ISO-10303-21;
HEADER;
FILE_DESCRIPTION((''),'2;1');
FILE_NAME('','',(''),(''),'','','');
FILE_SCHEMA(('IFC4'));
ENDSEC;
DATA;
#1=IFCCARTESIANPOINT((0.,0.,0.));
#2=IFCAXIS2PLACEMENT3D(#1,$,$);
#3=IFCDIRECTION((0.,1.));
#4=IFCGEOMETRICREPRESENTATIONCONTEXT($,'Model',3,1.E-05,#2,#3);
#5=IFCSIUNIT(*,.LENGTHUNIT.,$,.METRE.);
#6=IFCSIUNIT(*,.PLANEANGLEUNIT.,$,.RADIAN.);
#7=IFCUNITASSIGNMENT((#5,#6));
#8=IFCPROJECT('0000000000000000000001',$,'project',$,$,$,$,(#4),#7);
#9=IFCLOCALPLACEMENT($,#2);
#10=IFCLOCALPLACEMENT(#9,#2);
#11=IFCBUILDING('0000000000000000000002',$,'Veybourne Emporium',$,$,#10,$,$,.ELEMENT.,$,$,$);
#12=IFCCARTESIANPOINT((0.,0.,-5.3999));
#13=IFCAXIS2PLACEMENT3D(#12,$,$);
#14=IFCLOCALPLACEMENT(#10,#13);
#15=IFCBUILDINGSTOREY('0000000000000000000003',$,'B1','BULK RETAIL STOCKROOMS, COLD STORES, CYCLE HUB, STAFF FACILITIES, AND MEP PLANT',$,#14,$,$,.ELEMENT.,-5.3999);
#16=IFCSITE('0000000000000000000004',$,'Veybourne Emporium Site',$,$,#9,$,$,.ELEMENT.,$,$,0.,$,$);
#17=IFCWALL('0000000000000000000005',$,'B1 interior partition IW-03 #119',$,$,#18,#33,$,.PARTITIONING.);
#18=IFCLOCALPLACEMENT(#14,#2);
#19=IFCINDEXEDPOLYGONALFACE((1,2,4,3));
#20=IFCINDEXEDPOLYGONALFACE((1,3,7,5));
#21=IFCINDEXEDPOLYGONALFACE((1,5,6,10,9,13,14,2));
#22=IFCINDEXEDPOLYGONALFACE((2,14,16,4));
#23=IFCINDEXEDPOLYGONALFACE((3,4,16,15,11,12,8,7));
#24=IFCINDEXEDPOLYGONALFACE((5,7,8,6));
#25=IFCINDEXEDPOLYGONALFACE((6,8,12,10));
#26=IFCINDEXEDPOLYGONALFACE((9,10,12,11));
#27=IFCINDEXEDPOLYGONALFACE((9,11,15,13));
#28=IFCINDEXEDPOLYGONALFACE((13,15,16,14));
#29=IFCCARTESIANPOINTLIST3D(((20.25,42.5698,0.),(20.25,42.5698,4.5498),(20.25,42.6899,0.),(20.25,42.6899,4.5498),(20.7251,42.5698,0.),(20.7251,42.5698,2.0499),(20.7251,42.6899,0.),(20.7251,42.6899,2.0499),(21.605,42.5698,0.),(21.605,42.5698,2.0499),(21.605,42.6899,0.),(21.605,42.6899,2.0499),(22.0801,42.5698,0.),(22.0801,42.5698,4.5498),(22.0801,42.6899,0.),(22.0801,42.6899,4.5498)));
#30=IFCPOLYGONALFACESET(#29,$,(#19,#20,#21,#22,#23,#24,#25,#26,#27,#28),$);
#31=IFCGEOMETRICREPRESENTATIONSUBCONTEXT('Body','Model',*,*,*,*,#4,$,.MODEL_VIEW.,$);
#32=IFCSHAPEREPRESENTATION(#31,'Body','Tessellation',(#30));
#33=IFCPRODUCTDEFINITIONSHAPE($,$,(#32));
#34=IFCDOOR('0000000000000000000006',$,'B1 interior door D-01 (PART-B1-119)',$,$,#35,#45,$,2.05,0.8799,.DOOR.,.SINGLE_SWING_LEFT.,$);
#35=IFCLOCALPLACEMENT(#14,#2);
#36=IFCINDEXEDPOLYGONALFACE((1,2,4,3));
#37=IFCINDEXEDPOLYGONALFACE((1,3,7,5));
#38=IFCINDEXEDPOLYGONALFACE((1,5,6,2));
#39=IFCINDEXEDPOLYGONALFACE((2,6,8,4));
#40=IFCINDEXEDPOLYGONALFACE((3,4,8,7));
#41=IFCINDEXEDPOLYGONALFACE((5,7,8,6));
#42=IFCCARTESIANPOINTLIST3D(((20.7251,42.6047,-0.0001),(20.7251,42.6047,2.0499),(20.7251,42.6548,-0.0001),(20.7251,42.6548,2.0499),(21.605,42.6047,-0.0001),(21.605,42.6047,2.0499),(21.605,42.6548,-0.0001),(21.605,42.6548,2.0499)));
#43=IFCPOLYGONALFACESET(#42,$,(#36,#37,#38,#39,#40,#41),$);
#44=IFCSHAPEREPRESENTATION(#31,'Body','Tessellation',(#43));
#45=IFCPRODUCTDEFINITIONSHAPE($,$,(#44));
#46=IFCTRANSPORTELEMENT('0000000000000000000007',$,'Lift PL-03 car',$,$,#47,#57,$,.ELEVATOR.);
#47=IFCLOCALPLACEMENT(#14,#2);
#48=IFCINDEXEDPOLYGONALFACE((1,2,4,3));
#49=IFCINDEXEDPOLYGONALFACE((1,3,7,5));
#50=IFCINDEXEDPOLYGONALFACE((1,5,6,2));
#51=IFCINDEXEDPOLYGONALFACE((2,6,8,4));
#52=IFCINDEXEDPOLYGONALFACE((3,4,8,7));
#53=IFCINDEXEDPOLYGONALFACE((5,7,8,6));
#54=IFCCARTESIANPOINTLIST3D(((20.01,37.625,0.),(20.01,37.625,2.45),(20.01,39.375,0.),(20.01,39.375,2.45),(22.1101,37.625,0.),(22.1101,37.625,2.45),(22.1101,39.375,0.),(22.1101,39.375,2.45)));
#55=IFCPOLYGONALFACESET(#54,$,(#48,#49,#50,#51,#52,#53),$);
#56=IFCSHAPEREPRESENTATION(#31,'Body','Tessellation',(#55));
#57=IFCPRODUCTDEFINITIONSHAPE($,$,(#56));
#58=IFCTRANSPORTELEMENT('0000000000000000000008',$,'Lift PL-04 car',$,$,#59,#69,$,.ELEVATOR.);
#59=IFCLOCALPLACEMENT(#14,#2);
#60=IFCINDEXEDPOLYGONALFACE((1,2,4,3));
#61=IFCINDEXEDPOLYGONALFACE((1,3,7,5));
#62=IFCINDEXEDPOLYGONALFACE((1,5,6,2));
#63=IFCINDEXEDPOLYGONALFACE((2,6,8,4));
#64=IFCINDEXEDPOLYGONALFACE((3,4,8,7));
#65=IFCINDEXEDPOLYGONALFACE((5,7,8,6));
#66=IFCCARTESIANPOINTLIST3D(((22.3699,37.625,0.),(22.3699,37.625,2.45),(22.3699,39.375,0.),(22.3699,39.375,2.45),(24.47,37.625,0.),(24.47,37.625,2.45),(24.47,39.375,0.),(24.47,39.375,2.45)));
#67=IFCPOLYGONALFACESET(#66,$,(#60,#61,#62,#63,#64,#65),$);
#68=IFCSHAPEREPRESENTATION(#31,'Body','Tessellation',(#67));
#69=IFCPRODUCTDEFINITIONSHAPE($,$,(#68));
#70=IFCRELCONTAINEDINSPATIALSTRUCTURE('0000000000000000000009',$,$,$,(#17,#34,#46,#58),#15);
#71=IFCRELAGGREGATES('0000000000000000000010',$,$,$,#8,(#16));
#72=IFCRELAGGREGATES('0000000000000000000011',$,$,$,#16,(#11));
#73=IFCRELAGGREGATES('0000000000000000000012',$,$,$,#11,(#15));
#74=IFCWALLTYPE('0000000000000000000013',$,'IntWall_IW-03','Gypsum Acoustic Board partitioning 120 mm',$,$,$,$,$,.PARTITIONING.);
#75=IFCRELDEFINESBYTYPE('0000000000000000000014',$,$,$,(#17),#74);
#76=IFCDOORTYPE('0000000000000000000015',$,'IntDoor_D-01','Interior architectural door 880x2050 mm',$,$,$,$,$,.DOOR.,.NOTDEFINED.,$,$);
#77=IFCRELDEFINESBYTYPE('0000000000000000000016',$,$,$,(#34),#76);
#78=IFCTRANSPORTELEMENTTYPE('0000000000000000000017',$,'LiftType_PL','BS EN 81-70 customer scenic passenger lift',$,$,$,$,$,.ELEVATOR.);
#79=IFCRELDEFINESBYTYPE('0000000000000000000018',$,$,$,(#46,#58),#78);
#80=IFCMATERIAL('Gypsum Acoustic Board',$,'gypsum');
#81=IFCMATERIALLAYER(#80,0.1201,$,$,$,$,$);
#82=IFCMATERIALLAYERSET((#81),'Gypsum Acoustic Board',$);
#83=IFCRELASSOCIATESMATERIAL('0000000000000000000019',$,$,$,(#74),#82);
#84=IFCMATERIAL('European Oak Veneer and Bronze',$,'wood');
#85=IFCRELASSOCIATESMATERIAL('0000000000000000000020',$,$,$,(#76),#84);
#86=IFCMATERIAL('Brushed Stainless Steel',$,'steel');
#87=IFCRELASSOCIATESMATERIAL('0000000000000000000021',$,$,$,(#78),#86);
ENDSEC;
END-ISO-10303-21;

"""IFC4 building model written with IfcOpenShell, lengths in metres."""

from ifc_helpers import new_model, si_unit, direction, frame, frame_2d, origin, origin_2d, place, context, subcontext, project, spatial, rectangle, extrude, material, layer, layer_set, type_object, element, fill, save


model = new_model("IFC4")

# Units and contexts
model_context = context("Model", 3, precision=1e-05, world=origin(), true_north=direction((0.0, 1.0)))
body_context = subcontext(model_context, "Body", "Model", "MODEL_VIEW")
ifc_project = project(units=[si_unit("LENGTHUNIT", "METRE"), si_unit("PLANEANGLEUNIT", "RADIAN")], contexts=[model_context])

# Site, building, storey
site_placement = place(None, origin())
site = spatial("IfcSite", under=ifc_project, at=site_placement, Name="Veybourne Emporium Site", CompositionType="ELEMENT", RefElevation=0.0)
building_placement = place(site_placement, origin())
building = spatial("IfcBuilding", under=site, at=building_placement, Name="Veybourne Emporium", CompositionType="ELEMENT")
storey_placement = place(building_placement, frame((0.0, 0.0, -5.3999)))
storey = spatial("IfcBuildingStorey", under=building, at=storey_placement, Name="B1", Description="BULK RETAIL STOCKROOMS, COLD STORES, CYCLE HUB, STAFF FACILITIES, AND MEP PLANT", CompositionType="ELEMENT", Elevation=-5.3999)

# Shared definitions
ifc_material_1 = material(Name="Gypsum Acoustic Board", Category="gypsum")

# Wall, opening, door
ifc_material_2 = material(Name="European Oak Veneer and Bronze", Category="wood")
ifc_layer_1 = layer(ifc_material_1, 0.1201)
ifc_layer_set_1 = layer_set([ifc_layer_1], Name="Gypsum Acoustic Board")
wall_type_1 = type_object("IfcWallType", Name="IntWall_IW-03", Description="Gypsum Acoustic Board partitioning 120 mm", PredefinedType="PARTITIONING", material=ifc_layer_set_1)
wall_1_placement = place(storey_placement, frame((20.25, 42.6299, 0.0), z_axis=(0.0, 0.0, 1.0), x_axis=(1.0, 0.0, 0.0)))
wall_1 = element("IfcWall", 1, at=wall_1_placement, inside=storey, type_object=wall_type_1, Name="B1 interior partition IW-03 #119", PredefinedType="PARTITIONING", context=body_context, shape_type="SweptSolid", body=[
    extrude(rectangle(XDim=1.8301, YDim=0.1201, at=frame_2d((0.915, 0.0))), origin(), (0.0, 0.0, 1.0), 4.5498),
])
opening_1_placement = place(wall_1_placement, frame((0.4751, 0.0, 0.0)))
opening_1 = element("IfcOpeningElement", 2, at=opening_1_placement, cuts=wall_1, PredefinedType="OPENING", context=body_context, shape_type="SweptSolid", body=[
    extrude(rectangle(XDim=0.8799, YDim=2.05, at=frame_2d((0.4399, 1.0249))), frame((0.0, 0.0801, 0.0), z_axis=(0.0, -1.0, 0.0), x_axis=(1.0, 0.0, 0.0)), (0.0, 0.0, 1.0), 0.1602),
])
door_type_1 = type_object("IfcDoorType", Name="IntDoor_D-01", Description="Interior architectural door 880x2050 mm", OperationType="NOTDEFINED", PredefinedType="DOOR", material=ifc_material_2)
door_1_placement = place(opening_1_placement, origin())
door_1 = element("IfcDoor", 3, at=door_1_placement, inside=storey, type_object=door_type_1, Name="B1 interior door D-01 (PART-B1-119)", OperationType="SINGLE_SWING_LEFT", OverallHeight=2.05, OverallWidth=0.8799, PredefinedType="DOOR", context=body_context, shape_type="SweptSolid", body=[
    extrude(rectangle(XDim=0.8799, YDim=2.05, at=frame_2d((0.4399, 1.0249))), frame((0.0, 0.0249, 0.0), z_axis=(0.0, -1.0, 0.0), x_axis=(1.0, 0.0, 0.0)), (0.0, 0.0, 1.0), 0.05),
])
fill(opening_1, door_1)

# Transport elements
ifc_material_3 = material(Name="Brushed Stainless Steel", Category="steel")
transport_element_type = type_object("IfcTransportElementType", Name="LiftType_PL", Description="BS EN 81-70 customer scenic passenger lift", PredefinedType="ELEVATOR", material=ifc_material_3)
for number, where, z_axis, x_axis, name in (
    (4, (21.0601, 38.5, 0.0), (0.0, 0.0, 1.0), (1.0, 0.0, 0.0), "Lift PL-03 car"),
    (5, (23.4199, 38.5, 0.0), (0.0, 0.0, 1.0), (1.0, 0.0, 0.0), "Lift PL-04 car"),
):
    element("IfcTransportElement", number, at=place(storey_placement, frame(where, z_axis=z_axis, x_axis=x_axis)), inside=storey, type_object=transport_element_type, Name=name, PredefinedType="ELEVATOR", context=body_context, shape_type="SweptSolid", body=[
        extrude(rectangle(XDim=2.1001, YDim=1.75, at=origin_2d()), origin(), (0.0, 0.0, 1.0), 2.45),
    ])

save(model, "model.ifc")
